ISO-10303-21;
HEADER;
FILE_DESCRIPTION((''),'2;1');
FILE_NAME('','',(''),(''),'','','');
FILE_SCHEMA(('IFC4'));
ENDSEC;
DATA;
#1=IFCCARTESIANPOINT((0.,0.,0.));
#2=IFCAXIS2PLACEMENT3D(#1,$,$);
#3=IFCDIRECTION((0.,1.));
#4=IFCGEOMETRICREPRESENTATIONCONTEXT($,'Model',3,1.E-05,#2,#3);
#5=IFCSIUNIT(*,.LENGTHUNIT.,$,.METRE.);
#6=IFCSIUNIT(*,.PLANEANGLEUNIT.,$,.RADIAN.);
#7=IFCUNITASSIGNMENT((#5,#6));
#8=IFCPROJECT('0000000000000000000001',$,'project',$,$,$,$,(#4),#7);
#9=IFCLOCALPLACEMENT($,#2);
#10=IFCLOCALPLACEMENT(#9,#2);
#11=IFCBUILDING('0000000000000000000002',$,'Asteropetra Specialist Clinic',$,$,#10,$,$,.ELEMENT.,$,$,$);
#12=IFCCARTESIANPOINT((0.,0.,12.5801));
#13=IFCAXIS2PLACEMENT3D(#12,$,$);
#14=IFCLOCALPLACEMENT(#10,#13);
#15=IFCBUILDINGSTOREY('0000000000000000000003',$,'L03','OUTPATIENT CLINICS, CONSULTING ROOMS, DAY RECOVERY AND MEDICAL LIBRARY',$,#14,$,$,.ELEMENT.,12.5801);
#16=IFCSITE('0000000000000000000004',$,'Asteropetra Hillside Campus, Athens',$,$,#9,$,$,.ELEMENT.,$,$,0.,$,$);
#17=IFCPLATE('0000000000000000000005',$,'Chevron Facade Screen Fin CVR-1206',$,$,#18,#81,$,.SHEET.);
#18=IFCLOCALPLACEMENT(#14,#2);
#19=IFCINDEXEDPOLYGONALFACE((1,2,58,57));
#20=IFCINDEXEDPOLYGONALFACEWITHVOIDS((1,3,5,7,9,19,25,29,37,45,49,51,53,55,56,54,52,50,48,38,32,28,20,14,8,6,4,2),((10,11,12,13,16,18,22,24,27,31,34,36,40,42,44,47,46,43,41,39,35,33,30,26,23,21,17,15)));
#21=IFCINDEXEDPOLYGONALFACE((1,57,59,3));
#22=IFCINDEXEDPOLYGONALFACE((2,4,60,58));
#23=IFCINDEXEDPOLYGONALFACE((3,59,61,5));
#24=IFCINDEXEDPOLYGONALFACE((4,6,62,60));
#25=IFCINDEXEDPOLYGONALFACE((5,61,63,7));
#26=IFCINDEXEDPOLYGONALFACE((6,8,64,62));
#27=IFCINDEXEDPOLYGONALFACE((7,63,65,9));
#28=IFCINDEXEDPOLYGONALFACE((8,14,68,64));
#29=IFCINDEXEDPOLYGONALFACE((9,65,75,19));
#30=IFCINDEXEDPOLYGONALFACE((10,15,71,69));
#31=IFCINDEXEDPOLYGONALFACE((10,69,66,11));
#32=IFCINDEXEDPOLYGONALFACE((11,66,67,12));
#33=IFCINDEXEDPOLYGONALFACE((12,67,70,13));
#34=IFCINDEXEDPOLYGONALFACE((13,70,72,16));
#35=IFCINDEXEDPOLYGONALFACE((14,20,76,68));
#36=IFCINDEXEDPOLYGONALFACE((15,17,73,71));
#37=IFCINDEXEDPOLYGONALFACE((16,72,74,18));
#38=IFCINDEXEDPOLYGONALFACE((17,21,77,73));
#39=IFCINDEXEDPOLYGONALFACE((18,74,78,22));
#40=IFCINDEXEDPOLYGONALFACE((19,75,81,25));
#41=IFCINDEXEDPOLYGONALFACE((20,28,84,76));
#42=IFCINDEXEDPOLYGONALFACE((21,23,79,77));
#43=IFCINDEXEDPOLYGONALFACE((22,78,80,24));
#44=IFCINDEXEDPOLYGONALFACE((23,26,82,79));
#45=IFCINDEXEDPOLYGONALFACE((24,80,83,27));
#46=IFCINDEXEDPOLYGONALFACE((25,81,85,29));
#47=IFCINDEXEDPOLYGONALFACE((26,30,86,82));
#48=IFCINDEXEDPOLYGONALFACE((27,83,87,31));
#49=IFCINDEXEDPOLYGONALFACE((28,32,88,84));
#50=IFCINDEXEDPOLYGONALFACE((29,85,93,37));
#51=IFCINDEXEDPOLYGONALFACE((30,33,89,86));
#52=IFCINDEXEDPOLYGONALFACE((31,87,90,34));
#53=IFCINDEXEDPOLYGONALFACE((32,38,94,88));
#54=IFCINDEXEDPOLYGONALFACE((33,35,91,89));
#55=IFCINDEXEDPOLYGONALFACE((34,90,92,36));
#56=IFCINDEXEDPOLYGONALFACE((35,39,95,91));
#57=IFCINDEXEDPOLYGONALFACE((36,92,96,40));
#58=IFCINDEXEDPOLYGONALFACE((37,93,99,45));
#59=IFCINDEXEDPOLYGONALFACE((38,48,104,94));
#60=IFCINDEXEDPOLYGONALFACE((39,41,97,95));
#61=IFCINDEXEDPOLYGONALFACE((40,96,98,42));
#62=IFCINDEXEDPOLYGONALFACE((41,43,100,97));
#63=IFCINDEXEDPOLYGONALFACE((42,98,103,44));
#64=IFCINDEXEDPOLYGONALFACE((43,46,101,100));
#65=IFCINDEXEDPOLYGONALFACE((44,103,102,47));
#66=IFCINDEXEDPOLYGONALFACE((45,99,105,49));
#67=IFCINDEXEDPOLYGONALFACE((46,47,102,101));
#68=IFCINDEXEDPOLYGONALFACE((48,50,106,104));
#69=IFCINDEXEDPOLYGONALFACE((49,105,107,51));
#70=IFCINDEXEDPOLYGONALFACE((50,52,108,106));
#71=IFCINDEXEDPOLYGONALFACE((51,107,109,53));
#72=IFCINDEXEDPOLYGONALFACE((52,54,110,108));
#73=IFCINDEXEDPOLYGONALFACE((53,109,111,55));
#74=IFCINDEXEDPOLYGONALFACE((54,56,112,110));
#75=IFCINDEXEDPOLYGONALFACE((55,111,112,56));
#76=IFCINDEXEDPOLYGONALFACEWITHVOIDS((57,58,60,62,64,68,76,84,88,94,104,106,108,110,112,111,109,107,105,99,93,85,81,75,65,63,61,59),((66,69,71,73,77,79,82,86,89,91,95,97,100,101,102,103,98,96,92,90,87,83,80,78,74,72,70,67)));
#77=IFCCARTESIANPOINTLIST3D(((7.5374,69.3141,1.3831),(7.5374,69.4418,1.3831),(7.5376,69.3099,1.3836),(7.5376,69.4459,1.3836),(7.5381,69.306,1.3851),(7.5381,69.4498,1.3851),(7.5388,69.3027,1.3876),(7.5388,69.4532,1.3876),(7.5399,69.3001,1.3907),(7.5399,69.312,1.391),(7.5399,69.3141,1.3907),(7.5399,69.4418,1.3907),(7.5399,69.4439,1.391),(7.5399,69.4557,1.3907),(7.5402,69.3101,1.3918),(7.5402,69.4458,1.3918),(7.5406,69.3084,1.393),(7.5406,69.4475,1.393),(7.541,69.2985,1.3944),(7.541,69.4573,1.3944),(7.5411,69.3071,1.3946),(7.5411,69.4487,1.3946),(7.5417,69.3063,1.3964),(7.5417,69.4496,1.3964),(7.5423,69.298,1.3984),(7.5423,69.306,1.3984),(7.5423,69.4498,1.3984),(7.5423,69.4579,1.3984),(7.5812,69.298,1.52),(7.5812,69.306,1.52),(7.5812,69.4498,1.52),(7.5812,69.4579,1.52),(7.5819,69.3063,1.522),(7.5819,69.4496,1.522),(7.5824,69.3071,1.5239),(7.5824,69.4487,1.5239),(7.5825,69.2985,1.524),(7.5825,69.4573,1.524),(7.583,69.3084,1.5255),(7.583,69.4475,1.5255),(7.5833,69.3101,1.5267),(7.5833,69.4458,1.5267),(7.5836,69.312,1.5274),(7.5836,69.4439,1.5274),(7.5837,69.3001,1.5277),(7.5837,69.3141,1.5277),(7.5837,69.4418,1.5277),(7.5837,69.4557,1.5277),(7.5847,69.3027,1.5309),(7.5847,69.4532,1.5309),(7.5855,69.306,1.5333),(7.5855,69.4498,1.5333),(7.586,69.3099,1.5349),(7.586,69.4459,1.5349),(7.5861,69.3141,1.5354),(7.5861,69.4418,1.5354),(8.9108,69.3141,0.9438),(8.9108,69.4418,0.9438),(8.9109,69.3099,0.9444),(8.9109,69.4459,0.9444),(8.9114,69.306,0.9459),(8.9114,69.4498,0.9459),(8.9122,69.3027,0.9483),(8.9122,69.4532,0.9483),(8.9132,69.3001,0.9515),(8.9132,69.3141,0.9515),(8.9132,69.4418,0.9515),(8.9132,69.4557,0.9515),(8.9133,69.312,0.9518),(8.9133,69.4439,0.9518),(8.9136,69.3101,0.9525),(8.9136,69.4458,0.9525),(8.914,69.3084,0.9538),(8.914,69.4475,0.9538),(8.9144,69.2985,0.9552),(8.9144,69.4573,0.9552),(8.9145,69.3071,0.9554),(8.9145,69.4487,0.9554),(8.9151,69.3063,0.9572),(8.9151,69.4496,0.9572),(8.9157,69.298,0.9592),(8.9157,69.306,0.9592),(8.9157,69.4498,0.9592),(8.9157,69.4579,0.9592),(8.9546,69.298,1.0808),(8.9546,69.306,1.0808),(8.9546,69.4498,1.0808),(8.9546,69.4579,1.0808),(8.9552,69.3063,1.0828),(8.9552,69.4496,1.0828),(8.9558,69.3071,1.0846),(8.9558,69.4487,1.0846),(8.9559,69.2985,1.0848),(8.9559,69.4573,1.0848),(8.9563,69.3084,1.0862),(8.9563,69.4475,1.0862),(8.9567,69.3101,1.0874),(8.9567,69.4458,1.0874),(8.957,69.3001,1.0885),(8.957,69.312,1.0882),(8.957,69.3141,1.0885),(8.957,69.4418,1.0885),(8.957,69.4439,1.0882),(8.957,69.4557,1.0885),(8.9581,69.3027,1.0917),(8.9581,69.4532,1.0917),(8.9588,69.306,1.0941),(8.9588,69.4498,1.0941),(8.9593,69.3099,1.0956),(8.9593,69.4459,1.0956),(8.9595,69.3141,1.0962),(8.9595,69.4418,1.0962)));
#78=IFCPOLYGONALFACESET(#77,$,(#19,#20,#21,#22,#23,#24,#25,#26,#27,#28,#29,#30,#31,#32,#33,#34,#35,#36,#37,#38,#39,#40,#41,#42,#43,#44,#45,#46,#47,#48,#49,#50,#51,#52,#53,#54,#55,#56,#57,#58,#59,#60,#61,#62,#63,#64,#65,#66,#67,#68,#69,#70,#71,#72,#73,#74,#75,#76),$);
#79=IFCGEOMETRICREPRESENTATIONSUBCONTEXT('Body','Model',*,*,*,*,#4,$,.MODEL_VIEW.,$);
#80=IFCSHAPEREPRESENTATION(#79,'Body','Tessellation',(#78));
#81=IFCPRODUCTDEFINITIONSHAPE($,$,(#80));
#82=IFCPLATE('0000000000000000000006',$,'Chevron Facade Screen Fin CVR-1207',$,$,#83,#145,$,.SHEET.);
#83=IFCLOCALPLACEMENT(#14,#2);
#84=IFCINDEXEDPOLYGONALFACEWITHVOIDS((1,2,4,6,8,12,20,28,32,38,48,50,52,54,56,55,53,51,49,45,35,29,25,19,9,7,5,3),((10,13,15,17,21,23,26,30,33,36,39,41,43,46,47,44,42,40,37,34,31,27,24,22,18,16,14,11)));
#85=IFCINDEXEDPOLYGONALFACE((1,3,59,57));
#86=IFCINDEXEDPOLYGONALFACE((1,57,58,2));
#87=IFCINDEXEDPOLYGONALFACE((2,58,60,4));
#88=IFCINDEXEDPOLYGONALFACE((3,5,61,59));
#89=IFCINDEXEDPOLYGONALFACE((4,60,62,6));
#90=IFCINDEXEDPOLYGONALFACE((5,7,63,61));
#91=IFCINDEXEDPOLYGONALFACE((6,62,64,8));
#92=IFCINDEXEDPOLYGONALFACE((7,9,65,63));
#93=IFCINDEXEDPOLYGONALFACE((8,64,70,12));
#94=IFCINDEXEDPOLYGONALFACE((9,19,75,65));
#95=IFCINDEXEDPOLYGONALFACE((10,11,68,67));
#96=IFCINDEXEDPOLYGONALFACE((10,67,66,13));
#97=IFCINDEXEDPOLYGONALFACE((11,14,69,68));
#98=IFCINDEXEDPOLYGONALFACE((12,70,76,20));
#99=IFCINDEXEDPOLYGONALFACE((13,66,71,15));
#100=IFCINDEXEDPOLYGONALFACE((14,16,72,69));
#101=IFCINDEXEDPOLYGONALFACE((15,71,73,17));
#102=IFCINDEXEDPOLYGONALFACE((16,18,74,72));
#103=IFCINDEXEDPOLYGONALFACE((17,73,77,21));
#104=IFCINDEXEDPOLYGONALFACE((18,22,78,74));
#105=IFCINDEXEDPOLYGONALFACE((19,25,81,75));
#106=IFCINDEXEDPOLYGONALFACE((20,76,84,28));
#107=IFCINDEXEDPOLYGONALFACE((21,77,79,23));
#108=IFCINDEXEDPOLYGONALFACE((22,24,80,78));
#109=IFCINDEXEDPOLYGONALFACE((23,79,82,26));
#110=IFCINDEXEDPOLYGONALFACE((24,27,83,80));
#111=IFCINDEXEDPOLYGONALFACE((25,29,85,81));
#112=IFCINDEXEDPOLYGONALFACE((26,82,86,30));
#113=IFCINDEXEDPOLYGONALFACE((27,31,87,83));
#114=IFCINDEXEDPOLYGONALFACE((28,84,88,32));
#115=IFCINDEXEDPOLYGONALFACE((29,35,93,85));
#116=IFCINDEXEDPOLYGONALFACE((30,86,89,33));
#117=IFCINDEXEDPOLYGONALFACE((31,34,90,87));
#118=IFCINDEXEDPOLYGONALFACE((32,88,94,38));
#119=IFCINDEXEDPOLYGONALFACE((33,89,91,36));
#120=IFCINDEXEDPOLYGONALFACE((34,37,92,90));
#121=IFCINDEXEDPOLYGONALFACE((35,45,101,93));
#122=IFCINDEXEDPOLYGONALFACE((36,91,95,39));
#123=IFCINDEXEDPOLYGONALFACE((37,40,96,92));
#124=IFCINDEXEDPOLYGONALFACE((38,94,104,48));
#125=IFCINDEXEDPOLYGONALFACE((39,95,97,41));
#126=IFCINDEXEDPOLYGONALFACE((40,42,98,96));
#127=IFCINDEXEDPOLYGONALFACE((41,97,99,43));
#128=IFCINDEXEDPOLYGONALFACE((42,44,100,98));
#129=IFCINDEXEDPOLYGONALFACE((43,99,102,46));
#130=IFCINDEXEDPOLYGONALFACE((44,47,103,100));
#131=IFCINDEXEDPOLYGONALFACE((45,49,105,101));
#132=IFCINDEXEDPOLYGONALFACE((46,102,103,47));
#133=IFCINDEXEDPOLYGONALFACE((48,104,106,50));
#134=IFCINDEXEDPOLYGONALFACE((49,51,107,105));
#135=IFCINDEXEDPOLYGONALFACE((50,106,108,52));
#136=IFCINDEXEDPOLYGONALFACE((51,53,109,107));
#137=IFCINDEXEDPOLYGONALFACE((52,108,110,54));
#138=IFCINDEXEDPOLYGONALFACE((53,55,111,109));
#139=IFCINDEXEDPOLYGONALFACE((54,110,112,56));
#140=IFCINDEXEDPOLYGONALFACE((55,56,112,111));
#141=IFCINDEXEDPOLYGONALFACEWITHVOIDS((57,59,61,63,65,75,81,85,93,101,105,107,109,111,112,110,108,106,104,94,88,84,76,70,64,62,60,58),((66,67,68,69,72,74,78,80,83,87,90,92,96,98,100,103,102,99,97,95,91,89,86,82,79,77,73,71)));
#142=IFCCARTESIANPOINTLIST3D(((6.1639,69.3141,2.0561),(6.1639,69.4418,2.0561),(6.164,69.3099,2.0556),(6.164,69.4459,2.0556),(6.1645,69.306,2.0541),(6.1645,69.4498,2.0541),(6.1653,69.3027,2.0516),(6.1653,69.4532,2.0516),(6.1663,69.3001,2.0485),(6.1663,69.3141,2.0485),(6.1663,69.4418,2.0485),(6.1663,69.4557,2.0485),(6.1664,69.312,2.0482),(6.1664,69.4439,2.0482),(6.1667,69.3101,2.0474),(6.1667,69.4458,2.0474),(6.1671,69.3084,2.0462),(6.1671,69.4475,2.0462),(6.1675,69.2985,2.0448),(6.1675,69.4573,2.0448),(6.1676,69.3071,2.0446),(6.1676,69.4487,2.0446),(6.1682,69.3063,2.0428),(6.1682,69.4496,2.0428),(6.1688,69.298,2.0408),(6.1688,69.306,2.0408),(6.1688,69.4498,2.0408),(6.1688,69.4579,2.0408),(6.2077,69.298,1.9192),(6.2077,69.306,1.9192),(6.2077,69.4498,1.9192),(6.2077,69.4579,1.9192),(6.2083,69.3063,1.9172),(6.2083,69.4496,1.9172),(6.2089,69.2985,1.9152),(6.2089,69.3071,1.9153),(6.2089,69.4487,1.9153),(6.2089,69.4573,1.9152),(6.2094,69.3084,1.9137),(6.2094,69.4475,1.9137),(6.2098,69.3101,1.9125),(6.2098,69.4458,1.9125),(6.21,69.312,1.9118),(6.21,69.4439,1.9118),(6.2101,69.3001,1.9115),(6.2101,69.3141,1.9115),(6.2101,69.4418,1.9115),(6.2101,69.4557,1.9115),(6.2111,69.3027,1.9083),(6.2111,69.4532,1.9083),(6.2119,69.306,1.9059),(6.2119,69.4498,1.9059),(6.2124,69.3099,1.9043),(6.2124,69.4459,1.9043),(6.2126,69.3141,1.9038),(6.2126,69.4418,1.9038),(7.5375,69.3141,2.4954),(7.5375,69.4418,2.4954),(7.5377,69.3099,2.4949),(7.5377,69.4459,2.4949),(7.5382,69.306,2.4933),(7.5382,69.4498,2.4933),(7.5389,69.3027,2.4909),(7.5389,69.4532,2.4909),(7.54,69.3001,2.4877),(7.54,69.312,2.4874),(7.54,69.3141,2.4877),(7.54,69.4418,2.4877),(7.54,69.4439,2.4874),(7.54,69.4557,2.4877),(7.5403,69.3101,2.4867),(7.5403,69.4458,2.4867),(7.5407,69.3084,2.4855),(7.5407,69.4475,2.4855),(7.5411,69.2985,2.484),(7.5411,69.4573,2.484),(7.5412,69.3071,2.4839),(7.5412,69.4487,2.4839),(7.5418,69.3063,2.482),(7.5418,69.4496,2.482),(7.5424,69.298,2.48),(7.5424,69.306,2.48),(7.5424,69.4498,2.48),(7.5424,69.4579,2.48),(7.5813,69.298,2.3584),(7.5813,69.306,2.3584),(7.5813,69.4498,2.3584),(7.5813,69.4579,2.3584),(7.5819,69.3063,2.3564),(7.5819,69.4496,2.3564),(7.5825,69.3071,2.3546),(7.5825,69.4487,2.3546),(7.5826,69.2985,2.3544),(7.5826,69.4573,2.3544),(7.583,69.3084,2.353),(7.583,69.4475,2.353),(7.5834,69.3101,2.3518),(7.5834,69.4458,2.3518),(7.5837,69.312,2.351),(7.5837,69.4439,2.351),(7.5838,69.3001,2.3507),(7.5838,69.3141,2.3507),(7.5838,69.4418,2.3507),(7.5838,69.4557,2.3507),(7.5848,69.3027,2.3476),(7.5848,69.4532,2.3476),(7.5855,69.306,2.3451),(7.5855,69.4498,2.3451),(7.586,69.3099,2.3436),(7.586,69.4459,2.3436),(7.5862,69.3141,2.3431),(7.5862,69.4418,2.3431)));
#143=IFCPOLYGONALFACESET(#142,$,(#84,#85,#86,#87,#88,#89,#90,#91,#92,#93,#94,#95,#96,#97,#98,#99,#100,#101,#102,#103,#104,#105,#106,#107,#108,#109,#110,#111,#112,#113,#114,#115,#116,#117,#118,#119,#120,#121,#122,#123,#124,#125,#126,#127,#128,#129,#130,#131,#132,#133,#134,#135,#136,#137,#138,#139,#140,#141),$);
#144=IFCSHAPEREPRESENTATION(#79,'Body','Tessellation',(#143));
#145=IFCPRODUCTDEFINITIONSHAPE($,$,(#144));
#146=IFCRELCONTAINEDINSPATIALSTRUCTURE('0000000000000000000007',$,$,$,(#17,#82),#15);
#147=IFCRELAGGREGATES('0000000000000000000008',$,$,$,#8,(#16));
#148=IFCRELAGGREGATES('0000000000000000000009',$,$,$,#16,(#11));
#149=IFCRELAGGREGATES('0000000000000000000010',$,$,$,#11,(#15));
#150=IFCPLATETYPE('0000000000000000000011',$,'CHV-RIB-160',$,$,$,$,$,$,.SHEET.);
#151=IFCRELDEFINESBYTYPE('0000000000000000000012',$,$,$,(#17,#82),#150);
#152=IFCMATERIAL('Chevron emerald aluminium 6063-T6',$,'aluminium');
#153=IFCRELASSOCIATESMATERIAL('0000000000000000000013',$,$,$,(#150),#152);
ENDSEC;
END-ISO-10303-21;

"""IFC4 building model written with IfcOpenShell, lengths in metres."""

from ifc_helpers import new_model, si_unit, direction, frame, origin, origin_2d, place, context, subcontext, project, spatial, hollow_rectangle, extrude, material, material_profile, profile_set, type_object, element, save


model = new_model("IFC4")

# Units and contexts
model_context = context("Model", 3, precision=1e-05, world=origin(), true_north=direction((0.0, 1.0)))
body_context = subcontext(model_context, "Body", "Model", "MODEL_VIEW")
ifc_project = project(units=[si_unit("LENGTHUNIT", "METRE"), si_unit("PLANEANGLEUNIT", "RADIAN")], contexts=[model_context])

# Site, building, storey
site_placement = place(None, origin())
site = spatial("IfcSite", under=ifc_project, at=site_placement, Name="Asteropetra Hillside Campus, Athens", CompositionType="ELEMENT", RefElevation=0.0)
building_placement = place(site_placement, origin())
building = spatial("IfcBuilding", under=site, at=building_placement, Name="Asteropetra Specialist Clinic", CompositionType="ELEMENT")
storey_placement = place(building_placement, frame((0.0, 0.0, 12.5801)))
storey = spatial("IfcBuildingStorey", under=building, at=storey_placement, Name="L03", Description="OUTPATIENT CLINICS, CONSULTING ROOMS, DAY RECOVERY AND MEDICAL LIBRARY", CompositionType="ELEMENT", Elevation=12.5801)

# Plates
ifc_material_1 = material(Name="Chevron emerald aluminium 6063-T6", Category="aluminium")
ifc_material_profile_1 = material_profile(ifc_material_1, hollow_rectangle(XDim=0.1599, YDim=0.1599, WallThickness=0.0081, InnerFilletRadius=0.0081, OuterFilletRadius=0.0161, at=origin_2d()), Name="SHS 160x160x8.0")
ifc_profile_set_1 = profile_set([ifc_material_profile_1], Name="Chevron emerald aluminium 6063-T6")
plate_type = type_object("IfcPlateType", Name="CHV-RIB-160", PredefinedType="SHEET", material=ifc_profile_set_1)
plate_1_placement = place(storey_placement, frame((7.5618, 69.3779, 1.4592), z_axis=(0.952473, 0.0, -0.304622), x_axis=(0.0, 1.0, 0.0)))
element("IfcPlate", 1, at=plate_1_placement, inside=storey, type_object=plate_type, Name="Chevron Facade Screen Fin CVR-1206", PredefinedType="SHEET", context=body_context, shape_type="SweptSolid", body=[
    extrude(hollow_rectangle(XDim=0.1599, YDim=0.1599, WallThickness=0.0081, InnerFilletRadius=0.0081, OuterFilletRadius=0.0161, at=origin_2d()), origin(), (0.0, 0.0, 1.0), 1.4419),
])
plate_2_placement = place(storey_placement, frame((6.1882, 69.3779, 1.98), z_axis=(0.952489, 0.0, 0.304573), x_axis=(0.0, 1.0, 0.0)))
element("IfcPlate", 2, at=plate_2_placement, inside=storey, type_object=plate_type, Name="Chevron Facade Screen Fin CVR-1207", PredefinedType="SHEET", context=body_context, shape_type="SweptSolid", body=[
    extrude(hollow_rectangle(XDim=0.1599, YDim=0.1599, WallThickness=0.0081, InnerFilletRadius=0.0081, OuterFilletRadius=0.0161, at=origin_2d()), origin(), (0.0, 0.0, 1.0), 1.4421),
])

save(model, "model.ifc")
